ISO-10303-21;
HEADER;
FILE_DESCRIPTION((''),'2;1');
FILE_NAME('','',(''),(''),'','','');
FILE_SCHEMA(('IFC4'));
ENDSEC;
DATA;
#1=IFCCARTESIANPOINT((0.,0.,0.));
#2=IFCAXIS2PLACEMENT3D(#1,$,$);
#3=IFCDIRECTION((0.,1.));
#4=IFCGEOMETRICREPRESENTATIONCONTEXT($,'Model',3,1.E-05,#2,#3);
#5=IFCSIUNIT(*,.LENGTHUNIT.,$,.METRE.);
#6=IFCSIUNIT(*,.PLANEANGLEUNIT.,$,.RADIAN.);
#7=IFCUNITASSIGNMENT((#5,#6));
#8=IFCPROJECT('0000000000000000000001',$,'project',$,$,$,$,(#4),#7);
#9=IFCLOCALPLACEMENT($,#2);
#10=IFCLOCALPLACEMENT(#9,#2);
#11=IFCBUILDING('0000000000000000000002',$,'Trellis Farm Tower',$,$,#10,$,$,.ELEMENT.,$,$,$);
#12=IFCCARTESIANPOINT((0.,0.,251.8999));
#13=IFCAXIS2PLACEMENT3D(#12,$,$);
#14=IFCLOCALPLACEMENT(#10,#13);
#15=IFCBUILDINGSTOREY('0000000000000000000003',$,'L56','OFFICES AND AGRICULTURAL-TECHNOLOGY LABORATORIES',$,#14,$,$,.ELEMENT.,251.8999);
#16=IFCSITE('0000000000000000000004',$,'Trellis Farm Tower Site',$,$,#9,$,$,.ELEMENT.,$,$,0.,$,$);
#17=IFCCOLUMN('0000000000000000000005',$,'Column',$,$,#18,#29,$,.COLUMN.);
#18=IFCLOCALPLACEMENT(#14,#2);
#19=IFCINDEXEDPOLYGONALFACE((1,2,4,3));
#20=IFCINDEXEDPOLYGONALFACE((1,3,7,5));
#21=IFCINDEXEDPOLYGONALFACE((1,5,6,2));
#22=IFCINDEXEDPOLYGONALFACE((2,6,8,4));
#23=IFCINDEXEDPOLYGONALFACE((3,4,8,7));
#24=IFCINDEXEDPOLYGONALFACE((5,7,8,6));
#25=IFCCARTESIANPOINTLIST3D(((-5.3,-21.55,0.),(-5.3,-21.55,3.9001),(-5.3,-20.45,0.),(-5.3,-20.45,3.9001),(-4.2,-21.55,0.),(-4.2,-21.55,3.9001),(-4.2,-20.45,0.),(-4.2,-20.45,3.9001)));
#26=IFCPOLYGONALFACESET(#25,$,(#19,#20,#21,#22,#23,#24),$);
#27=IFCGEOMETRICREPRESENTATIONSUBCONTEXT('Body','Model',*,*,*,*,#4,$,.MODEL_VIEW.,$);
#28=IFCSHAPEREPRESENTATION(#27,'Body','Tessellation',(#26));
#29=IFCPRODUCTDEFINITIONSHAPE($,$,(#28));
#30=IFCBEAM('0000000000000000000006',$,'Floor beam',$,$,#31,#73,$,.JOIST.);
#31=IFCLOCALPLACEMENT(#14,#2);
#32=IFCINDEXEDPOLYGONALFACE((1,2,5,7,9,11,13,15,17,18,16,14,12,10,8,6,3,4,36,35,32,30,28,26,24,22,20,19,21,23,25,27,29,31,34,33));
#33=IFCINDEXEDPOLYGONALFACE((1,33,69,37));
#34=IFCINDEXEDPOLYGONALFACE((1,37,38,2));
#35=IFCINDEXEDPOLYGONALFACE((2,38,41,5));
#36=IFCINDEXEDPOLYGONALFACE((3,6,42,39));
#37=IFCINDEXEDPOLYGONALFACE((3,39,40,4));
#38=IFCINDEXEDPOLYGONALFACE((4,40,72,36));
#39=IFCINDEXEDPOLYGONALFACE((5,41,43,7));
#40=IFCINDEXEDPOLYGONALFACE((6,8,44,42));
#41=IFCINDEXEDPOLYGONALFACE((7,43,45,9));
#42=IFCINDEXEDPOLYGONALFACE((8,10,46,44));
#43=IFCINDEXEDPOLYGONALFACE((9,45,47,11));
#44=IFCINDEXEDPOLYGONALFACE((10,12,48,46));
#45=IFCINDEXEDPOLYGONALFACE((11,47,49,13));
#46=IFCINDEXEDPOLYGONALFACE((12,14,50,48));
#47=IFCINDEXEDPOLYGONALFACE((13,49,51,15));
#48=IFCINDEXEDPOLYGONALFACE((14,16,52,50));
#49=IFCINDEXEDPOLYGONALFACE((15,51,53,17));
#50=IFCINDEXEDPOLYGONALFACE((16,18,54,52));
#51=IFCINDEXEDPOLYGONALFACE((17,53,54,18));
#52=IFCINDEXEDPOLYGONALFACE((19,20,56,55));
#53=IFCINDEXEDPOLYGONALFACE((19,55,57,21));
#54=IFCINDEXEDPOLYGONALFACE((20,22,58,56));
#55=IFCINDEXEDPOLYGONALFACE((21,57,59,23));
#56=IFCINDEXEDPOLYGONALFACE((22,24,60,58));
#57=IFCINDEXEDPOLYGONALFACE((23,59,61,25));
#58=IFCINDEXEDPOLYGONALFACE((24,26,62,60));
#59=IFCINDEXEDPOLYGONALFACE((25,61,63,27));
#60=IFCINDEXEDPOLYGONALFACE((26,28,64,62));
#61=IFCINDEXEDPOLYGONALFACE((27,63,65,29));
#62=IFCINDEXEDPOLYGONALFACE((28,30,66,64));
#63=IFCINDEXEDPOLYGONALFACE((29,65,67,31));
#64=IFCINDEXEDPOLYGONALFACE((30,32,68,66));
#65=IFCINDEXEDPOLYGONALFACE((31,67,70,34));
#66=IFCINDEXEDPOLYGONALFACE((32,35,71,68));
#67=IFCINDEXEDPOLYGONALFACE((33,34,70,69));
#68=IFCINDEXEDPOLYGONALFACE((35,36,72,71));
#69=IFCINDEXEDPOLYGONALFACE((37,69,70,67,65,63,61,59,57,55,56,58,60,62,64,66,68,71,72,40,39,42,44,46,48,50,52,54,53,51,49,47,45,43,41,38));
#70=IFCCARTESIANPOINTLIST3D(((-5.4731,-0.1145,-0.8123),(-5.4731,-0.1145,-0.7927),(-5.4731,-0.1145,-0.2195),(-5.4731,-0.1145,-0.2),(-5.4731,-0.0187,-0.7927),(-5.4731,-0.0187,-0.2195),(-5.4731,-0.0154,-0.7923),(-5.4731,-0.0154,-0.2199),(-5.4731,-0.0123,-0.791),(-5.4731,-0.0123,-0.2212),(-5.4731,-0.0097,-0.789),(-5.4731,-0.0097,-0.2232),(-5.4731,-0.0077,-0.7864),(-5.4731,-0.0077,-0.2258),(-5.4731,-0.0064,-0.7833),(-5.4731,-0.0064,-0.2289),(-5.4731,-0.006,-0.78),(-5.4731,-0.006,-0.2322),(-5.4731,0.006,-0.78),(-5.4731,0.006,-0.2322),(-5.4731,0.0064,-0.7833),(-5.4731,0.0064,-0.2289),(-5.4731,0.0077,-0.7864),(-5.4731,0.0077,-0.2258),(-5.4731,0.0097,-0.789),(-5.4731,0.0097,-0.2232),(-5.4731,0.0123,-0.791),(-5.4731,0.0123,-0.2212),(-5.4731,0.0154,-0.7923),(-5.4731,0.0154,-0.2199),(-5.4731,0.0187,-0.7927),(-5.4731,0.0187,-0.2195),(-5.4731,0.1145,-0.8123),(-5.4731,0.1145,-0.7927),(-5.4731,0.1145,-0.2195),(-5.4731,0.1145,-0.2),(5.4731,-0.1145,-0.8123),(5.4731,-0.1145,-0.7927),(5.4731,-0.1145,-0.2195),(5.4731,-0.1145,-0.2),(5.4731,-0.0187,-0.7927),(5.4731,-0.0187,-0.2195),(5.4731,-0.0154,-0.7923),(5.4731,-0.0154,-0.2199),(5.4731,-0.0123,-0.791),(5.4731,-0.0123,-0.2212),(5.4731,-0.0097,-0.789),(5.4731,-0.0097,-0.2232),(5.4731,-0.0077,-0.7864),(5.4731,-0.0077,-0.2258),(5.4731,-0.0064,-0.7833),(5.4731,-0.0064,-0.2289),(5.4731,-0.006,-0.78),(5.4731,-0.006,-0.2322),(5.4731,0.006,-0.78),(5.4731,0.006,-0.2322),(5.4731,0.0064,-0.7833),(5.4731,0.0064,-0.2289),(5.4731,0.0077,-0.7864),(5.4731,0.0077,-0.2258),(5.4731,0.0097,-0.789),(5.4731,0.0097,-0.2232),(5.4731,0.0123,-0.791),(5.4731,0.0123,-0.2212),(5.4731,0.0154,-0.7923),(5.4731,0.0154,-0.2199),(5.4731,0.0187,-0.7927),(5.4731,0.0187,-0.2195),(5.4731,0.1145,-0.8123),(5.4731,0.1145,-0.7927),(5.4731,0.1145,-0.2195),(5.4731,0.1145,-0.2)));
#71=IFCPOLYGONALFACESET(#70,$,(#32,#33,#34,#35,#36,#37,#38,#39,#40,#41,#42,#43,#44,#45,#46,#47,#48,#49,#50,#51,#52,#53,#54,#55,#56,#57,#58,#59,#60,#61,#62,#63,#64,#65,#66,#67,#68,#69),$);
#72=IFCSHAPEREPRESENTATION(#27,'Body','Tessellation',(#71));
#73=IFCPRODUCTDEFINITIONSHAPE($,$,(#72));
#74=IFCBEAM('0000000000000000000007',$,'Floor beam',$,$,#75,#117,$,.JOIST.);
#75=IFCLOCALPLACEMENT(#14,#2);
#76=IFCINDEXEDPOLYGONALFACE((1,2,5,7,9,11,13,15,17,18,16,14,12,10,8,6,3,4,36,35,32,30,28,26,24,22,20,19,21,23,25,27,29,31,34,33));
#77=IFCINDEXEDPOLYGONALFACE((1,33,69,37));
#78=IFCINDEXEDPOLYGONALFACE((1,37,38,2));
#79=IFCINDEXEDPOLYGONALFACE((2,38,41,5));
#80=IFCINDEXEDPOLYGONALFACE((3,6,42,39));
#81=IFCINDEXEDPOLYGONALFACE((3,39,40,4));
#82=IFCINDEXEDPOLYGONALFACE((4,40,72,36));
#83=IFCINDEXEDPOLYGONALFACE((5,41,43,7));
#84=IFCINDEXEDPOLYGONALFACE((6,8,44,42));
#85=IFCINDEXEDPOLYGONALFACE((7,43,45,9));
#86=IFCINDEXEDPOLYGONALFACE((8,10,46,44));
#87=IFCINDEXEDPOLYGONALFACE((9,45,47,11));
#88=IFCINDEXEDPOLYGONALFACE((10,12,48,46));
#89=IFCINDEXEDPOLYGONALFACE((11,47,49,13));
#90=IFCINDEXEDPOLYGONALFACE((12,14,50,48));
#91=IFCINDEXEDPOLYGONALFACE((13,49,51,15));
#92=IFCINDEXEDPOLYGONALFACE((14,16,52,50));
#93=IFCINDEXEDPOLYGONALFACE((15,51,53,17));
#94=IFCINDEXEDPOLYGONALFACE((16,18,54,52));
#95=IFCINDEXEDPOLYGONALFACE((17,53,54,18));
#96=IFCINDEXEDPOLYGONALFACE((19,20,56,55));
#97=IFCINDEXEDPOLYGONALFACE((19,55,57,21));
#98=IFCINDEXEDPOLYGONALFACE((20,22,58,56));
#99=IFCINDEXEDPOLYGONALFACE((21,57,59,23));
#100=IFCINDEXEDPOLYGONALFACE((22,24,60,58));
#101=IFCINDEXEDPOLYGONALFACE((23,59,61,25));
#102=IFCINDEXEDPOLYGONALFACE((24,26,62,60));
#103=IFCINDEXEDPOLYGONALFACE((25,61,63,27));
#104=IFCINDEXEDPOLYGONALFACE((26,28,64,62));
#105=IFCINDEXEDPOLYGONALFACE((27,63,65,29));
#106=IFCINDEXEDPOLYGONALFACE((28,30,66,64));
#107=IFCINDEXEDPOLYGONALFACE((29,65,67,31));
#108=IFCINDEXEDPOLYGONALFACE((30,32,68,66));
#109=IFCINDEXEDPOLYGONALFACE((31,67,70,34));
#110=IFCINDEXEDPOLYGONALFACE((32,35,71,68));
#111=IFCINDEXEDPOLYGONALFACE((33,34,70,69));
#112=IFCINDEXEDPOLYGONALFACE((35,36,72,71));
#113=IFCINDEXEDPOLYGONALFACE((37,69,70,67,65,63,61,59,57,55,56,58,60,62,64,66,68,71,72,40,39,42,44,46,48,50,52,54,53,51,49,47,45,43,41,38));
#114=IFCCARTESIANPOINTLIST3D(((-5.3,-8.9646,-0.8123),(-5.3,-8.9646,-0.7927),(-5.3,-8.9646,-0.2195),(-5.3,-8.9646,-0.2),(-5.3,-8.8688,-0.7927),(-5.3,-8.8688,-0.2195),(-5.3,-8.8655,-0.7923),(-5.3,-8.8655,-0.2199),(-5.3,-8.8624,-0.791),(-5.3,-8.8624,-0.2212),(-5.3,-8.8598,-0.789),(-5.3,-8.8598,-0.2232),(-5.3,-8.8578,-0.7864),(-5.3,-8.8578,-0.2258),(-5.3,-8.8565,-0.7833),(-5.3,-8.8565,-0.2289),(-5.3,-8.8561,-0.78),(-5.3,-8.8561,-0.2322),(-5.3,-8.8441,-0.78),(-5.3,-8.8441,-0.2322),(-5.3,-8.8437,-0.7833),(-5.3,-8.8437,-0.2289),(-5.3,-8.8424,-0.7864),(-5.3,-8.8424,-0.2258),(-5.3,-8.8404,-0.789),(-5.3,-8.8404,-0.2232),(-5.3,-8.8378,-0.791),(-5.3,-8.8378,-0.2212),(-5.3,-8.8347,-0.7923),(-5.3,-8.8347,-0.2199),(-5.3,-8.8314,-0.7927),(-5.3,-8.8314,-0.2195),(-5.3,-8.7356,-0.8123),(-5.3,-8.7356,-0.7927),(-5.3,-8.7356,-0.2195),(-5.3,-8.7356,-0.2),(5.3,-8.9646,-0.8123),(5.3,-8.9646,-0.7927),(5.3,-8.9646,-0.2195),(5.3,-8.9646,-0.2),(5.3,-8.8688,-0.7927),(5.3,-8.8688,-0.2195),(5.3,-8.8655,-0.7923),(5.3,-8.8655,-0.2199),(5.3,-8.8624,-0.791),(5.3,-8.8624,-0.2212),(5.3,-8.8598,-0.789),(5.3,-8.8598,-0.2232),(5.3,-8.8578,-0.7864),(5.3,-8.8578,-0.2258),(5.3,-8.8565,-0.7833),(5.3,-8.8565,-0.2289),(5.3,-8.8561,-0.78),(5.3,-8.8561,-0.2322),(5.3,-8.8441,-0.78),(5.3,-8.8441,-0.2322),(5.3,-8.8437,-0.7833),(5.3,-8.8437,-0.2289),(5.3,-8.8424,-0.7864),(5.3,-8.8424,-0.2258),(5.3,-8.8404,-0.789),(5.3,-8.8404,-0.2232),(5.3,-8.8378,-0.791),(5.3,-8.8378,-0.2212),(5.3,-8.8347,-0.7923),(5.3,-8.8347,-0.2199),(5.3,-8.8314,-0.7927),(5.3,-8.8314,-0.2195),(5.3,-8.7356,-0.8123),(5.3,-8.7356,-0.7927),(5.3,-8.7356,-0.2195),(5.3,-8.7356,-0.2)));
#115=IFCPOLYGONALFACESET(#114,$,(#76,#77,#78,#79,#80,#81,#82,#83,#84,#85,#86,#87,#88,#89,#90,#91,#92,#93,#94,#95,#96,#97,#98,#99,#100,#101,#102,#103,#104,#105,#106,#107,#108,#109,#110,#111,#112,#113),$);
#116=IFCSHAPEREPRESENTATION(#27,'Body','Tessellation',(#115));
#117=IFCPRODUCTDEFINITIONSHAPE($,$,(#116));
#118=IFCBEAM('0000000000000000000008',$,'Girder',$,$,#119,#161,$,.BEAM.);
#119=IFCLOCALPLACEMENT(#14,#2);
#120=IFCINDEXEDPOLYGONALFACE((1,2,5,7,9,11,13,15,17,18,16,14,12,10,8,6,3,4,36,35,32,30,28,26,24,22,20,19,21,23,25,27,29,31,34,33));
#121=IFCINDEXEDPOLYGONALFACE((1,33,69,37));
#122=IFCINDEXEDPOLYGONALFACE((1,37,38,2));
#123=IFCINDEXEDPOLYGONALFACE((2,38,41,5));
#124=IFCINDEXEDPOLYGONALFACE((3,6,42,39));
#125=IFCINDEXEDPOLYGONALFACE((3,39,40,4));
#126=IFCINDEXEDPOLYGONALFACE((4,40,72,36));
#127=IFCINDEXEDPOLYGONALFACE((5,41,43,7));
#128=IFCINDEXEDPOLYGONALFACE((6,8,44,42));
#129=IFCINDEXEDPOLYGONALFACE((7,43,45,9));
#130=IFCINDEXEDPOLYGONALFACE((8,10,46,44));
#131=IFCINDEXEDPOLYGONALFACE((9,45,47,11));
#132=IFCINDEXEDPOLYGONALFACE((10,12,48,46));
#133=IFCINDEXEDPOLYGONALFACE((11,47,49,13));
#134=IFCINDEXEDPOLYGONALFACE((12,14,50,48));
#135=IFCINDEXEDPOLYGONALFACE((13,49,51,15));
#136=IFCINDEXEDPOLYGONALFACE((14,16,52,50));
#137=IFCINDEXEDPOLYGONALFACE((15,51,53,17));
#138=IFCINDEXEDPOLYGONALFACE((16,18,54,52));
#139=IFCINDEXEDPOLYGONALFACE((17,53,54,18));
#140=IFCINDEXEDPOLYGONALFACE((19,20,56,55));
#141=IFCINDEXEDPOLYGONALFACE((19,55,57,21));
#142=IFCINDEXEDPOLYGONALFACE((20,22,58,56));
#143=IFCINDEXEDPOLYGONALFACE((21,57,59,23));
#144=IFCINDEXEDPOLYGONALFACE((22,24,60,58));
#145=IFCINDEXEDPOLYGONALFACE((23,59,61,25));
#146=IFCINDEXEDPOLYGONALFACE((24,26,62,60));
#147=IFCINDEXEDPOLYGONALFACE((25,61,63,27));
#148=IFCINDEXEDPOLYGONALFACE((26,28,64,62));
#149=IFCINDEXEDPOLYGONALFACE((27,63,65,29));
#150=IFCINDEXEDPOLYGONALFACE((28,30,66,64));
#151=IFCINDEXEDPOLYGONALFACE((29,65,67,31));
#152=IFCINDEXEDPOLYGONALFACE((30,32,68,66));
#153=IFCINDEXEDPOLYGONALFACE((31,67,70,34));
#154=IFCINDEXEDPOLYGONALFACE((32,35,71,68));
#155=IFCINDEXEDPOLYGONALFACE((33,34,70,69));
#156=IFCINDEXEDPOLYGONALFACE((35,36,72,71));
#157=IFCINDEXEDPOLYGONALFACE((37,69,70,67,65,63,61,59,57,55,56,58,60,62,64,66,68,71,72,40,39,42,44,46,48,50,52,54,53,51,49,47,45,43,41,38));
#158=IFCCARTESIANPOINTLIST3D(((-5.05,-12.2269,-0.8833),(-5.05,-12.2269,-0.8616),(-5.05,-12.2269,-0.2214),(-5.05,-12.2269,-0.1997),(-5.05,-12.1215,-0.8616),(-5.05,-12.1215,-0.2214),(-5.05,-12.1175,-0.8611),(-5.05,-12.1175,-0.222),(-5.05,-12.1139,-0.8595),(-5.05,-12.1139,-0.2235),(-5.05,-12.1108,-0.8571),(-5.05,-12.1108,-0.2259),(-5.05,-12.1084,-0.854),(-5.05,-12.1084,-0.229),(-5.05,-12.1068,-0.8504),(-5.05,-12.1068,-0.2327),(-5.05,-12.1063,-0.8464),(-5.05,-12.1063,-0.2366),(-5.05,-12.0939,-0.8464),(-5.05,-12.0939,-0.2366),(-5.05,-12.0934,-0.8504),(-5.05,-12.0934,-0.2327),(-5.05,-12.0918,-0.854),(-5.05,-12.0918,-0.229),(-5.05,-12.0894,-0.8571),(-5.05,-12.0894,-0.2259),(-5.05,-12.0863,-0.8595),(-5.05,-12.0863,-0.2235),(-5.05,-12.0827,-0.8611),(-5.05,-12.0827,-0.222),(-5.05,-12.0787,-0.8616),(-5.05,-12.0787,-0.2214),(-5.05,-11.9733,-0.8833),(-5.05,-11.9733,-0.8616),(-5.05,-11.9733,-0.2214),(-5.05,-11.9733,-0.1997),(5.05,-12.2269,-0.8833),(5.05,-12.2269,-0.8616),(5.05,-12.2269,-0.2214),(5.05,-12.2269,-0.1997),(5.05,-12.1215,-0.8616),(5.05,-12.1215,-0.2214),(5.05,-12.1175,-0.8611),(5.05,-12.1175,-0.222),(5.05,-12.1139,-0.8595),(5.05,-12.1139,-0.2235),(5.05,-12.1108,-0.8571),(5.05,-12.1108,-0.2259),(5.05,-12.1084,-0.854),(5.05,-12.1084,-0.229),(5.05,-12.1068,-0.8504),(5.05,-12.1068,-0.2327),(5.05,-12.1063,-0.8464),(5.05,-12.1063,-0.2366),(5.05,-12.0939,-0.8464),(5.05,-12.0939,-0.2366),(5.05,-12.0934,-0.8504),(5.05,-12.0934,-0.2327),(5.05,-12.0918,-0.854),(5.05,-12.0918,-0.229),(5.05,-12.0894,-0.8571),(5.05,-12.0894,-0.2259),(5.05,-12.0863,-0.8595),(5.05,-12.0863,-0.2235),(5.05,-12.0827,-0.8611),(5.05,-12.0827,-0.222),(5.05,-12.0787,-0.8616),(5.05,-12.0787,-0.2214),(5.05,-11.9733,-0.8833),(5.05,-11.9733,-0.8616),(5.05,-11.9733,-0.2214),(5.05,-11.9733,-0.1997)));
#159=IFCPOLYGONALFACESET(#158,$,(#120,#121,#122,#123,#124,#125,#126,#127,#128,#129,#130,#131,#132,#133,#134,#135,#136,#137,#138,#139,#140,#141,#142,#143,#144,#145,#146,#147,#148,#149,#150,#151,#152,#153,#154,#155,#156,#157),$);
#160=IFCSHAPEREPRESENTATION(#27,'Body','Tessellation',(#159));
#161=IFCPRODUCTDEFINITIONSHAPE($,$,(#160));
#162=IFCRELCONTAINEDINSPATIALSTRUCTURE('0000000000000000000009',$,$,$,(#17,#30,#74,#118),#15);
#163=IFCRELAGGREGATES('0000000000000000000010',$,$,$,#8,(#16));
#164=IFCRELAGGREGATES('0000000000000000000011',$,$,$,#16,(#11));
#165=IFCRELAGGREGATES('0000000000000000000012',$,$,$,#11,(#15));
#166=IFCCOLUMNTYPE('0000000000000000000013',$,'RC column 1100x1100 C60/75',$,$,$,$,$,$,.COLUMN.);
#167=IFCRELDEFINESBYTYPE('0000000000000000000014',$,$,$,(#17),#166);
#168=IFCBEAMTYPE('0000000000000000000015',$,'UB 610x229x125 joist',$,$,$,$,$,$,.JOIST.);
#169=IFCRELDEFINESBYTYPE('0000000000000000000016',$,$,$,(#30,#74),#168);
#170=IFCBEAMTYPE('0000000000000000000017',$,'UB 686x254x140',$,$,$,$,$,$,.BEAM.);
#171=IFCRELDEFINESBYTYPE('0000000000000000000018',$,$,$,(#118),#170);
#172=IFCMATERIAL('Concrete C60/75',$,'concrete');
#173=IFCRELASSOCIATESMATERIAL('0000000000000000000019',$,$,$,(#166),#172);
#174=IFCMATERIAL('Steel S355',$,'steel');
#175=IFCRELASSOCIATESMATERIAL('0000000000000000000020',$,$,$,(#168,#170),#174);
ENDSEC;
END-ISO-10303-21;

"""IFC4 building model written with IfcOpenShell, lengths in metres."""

from ifc_helpers import new_model, si_unit, direction, frame, origin, origin_2d, place, context, subcontext, project, spatial, rectangle, i_section, extrude, source, transform, mapped, material, material_profile, profile_set, type_object, element, save


model = new_model("IFC4")

# Units and contexts
model_context = context("Model", 3, precision=1e-05, world=origin(), true_north=direction((0.0, 1.0)))
body_context = subcontext(model_context, "Body", "Model", "MODEL_VIEW")
ifc_project = project(units=[si_unit("LENGTHUNIT", "METRE"), si_unit("PLANEANGLEUNIT", "RADIAN")], contexts=[model_context])

# Site, building, storey
site_placement = place(None, origin())
site = spatial("IfcSite", under=ifc_project, at=site_placement, Name="Trellis Farm Tower Site", CompositionType="ELEMENT", RefElevation=0.0)
building_placement = place(site_placement, origin())
building = spatial("IfcBuilding", under=site, at=building_placement, Name="Trellis Farm Tower", CompositionType="ELEMENT")
storey_placement = place(building_placement, frame((0.0, 0.0, 251.8999)))
storey = spatial("IfcBuildingStorey", under=building, at=storey_placement, Name="L56", Description="OFFICES AND AGRICULTURAL-TECHNOLOGY LABORATORIES", CompositionType="ELEMENT", Elevation=251.8999)

# Column
ifc_material_1 = material(Name="Concrete C60/75", Category="concrete")
ifc_material_profile_1 = material_profile(ifc_material_1, rectangle(XDim=1.1001, YDim=1.1001, at=origin_2d()), Name="RC column 1100x1100 C60/75")
ifc_profile_set_1 = profile_set([ifc_material_profile_1], Name="Concrete C60/75")
column_type = type_object("IfcColumnType", Name="RC column 1100x1100 C60/75", PredefinedType="COLUMN", material=ifc_profile_set_1)
shared_shape_1 = source(origin(), body_context, "Body", "SweptSolid", [
    extrude(rectangle(XDim=1.1001, YDim=1.1001, at=origin_2d()), origin(), (0.0, 0.0, 1.0), 3.9001),
])
column_placement = place(storey_placement, frame((-4.75, -21.0, 0.0), z_axis=(0.0, 0.0, 1.0), x_axis=(1.0, 0.0, 0.0)))
element("IfcColumn", 1, at=column_placement, inside=storey, type_object=column_type, Name="Column", PredefinedType="COLUMN", context=body_context, shape_type="MappedRepresentation", body=[
    mapped(shared_shape_1, transform((0.0, 0.0, 0.0))),
])

# Beams
ifc_material_2 = material(Name="Steel S355", Category="steel")
ifc_material_profile_2 = material_profile(ifc_material_2, i_section(OverallWidth=0.229, OverallDepth=0.6123, WebThickness=0.012, FlangeThickness=0.0195, FilletRadius=0.0127, at=origin_2d()), Name="UB 610x229x125")
ifc_profile_set_2 = profile_set([ifc_material_profile_2], Name="Steel S355")
beam_type_1 = type_object("IfcBeamType", Name="UB 610x229x125 joist", PredefinedType="JOIST", material=ifc_profile_set_2)
shared_shape_2 = source(origin(), body_context, "Body", "SweptSolid", [
    extrude(i_section(OverallWidth=0.229, OverallDepth=0.6123, WebThickness=0.012, FlangeThickness=0.0195, FilletRadius=0.0127, at=origin_2d()), origin(), (0.0, 0.0, 1.0), 10.9463),
])
beam_1_placement = place(storey_placement, frame((-5.4731, 0.0, -0.5061), z_axis=(1.0, 0.0, 0.0), x_axis=(0.0, 1.0, 0.0)))
element("IfcBeam", 2, at=beam_1_placement, inside=storey, type_object=beam_type_1, Name="Floor beam", PredefinedType="JOIST", context=body_context, shape_type="MappedRepresentation", body=[
    mapped(shared_shape_2, transform((0.0, 0.0, 0.0))),
])
shared_shape_3 = source(origin(), body_context, "Body", "SweptSolid", [
    extrude(i_section(OverallWidth=0.229, OverallDepth=0.6123, WebThickness=0.012, FlangeThickness=0.0195, FilletRadius=0.0127, at=origin_2d()), origin(), (0.0, 0.0, 1.0), 10.6001),
])
beam_2_placement = place(storey_placement, frame((-5.3, -8.8501, -0.5061), z_axis=(1.0, 0.0, 0.0), x_axis=(0.0, 1.0, 0.0)))
element("IfcBeam", 3, at=beam_2_placement, inside=storey, type_object=beam_type_1, Name="Floor beam", PredefinedType="JOIST", context=body_context, shape_type="MappedRepresentation", body=[
    mapped(shared_shape_3, transform((0.0, 0.0, 0.0))),
])
ifc_material_profile_3 = material_profile(ifc_material_2, i_section(OverallWidth=0.2537, OverallDepth=0.6836, WebThickness=0.0125, FlangeThickness=0.0217, FilletRadius=0.0151, at=origin_2d()), Name="UB 686x254x140")
ifc_profile_set_3 = profile_set([ifc_material_profile_3], Name="Steel S355")
beam_type_2 = type_object("IfcBeamType", Name="UB 686x254x140", PredefinedType="BEAM", material=ifc_profile_set_3)
shared_shape_4 = source(origin(), body_context, "Body", "SweptSolid", [
    extrude(i_section(OverallWidth=0.2537, OverallDepth=0.6836, WebThickness=0.0125, FlangeThickness=0.0217, FilletRadius=0.0151, at=origin_2d()), origin(), (0.0, 0.0, 1.0), 10.1001),
])
for number, where, z_axis, x_axis, name in (
    (4, (-5.05, -12.1001, -0.5415), (1.0, 0.0, 0.0), (0.0, 1.0, 0.0), "Girder"),
):
    element("IfcBeam", number, at=place(storey_placement, frame(where, z_axis=z_axis, x_axis=x_axis)), inside=storey, type_object=beam_type_2, Name=name, PredefinedType="BEAM", context=body_context, shape_type="MappedRepresentation", body=[
        mapped(shared_shape_4, transform((0.0, 0.0, 0.0))),
    ])

save(model, "model.ifc")
